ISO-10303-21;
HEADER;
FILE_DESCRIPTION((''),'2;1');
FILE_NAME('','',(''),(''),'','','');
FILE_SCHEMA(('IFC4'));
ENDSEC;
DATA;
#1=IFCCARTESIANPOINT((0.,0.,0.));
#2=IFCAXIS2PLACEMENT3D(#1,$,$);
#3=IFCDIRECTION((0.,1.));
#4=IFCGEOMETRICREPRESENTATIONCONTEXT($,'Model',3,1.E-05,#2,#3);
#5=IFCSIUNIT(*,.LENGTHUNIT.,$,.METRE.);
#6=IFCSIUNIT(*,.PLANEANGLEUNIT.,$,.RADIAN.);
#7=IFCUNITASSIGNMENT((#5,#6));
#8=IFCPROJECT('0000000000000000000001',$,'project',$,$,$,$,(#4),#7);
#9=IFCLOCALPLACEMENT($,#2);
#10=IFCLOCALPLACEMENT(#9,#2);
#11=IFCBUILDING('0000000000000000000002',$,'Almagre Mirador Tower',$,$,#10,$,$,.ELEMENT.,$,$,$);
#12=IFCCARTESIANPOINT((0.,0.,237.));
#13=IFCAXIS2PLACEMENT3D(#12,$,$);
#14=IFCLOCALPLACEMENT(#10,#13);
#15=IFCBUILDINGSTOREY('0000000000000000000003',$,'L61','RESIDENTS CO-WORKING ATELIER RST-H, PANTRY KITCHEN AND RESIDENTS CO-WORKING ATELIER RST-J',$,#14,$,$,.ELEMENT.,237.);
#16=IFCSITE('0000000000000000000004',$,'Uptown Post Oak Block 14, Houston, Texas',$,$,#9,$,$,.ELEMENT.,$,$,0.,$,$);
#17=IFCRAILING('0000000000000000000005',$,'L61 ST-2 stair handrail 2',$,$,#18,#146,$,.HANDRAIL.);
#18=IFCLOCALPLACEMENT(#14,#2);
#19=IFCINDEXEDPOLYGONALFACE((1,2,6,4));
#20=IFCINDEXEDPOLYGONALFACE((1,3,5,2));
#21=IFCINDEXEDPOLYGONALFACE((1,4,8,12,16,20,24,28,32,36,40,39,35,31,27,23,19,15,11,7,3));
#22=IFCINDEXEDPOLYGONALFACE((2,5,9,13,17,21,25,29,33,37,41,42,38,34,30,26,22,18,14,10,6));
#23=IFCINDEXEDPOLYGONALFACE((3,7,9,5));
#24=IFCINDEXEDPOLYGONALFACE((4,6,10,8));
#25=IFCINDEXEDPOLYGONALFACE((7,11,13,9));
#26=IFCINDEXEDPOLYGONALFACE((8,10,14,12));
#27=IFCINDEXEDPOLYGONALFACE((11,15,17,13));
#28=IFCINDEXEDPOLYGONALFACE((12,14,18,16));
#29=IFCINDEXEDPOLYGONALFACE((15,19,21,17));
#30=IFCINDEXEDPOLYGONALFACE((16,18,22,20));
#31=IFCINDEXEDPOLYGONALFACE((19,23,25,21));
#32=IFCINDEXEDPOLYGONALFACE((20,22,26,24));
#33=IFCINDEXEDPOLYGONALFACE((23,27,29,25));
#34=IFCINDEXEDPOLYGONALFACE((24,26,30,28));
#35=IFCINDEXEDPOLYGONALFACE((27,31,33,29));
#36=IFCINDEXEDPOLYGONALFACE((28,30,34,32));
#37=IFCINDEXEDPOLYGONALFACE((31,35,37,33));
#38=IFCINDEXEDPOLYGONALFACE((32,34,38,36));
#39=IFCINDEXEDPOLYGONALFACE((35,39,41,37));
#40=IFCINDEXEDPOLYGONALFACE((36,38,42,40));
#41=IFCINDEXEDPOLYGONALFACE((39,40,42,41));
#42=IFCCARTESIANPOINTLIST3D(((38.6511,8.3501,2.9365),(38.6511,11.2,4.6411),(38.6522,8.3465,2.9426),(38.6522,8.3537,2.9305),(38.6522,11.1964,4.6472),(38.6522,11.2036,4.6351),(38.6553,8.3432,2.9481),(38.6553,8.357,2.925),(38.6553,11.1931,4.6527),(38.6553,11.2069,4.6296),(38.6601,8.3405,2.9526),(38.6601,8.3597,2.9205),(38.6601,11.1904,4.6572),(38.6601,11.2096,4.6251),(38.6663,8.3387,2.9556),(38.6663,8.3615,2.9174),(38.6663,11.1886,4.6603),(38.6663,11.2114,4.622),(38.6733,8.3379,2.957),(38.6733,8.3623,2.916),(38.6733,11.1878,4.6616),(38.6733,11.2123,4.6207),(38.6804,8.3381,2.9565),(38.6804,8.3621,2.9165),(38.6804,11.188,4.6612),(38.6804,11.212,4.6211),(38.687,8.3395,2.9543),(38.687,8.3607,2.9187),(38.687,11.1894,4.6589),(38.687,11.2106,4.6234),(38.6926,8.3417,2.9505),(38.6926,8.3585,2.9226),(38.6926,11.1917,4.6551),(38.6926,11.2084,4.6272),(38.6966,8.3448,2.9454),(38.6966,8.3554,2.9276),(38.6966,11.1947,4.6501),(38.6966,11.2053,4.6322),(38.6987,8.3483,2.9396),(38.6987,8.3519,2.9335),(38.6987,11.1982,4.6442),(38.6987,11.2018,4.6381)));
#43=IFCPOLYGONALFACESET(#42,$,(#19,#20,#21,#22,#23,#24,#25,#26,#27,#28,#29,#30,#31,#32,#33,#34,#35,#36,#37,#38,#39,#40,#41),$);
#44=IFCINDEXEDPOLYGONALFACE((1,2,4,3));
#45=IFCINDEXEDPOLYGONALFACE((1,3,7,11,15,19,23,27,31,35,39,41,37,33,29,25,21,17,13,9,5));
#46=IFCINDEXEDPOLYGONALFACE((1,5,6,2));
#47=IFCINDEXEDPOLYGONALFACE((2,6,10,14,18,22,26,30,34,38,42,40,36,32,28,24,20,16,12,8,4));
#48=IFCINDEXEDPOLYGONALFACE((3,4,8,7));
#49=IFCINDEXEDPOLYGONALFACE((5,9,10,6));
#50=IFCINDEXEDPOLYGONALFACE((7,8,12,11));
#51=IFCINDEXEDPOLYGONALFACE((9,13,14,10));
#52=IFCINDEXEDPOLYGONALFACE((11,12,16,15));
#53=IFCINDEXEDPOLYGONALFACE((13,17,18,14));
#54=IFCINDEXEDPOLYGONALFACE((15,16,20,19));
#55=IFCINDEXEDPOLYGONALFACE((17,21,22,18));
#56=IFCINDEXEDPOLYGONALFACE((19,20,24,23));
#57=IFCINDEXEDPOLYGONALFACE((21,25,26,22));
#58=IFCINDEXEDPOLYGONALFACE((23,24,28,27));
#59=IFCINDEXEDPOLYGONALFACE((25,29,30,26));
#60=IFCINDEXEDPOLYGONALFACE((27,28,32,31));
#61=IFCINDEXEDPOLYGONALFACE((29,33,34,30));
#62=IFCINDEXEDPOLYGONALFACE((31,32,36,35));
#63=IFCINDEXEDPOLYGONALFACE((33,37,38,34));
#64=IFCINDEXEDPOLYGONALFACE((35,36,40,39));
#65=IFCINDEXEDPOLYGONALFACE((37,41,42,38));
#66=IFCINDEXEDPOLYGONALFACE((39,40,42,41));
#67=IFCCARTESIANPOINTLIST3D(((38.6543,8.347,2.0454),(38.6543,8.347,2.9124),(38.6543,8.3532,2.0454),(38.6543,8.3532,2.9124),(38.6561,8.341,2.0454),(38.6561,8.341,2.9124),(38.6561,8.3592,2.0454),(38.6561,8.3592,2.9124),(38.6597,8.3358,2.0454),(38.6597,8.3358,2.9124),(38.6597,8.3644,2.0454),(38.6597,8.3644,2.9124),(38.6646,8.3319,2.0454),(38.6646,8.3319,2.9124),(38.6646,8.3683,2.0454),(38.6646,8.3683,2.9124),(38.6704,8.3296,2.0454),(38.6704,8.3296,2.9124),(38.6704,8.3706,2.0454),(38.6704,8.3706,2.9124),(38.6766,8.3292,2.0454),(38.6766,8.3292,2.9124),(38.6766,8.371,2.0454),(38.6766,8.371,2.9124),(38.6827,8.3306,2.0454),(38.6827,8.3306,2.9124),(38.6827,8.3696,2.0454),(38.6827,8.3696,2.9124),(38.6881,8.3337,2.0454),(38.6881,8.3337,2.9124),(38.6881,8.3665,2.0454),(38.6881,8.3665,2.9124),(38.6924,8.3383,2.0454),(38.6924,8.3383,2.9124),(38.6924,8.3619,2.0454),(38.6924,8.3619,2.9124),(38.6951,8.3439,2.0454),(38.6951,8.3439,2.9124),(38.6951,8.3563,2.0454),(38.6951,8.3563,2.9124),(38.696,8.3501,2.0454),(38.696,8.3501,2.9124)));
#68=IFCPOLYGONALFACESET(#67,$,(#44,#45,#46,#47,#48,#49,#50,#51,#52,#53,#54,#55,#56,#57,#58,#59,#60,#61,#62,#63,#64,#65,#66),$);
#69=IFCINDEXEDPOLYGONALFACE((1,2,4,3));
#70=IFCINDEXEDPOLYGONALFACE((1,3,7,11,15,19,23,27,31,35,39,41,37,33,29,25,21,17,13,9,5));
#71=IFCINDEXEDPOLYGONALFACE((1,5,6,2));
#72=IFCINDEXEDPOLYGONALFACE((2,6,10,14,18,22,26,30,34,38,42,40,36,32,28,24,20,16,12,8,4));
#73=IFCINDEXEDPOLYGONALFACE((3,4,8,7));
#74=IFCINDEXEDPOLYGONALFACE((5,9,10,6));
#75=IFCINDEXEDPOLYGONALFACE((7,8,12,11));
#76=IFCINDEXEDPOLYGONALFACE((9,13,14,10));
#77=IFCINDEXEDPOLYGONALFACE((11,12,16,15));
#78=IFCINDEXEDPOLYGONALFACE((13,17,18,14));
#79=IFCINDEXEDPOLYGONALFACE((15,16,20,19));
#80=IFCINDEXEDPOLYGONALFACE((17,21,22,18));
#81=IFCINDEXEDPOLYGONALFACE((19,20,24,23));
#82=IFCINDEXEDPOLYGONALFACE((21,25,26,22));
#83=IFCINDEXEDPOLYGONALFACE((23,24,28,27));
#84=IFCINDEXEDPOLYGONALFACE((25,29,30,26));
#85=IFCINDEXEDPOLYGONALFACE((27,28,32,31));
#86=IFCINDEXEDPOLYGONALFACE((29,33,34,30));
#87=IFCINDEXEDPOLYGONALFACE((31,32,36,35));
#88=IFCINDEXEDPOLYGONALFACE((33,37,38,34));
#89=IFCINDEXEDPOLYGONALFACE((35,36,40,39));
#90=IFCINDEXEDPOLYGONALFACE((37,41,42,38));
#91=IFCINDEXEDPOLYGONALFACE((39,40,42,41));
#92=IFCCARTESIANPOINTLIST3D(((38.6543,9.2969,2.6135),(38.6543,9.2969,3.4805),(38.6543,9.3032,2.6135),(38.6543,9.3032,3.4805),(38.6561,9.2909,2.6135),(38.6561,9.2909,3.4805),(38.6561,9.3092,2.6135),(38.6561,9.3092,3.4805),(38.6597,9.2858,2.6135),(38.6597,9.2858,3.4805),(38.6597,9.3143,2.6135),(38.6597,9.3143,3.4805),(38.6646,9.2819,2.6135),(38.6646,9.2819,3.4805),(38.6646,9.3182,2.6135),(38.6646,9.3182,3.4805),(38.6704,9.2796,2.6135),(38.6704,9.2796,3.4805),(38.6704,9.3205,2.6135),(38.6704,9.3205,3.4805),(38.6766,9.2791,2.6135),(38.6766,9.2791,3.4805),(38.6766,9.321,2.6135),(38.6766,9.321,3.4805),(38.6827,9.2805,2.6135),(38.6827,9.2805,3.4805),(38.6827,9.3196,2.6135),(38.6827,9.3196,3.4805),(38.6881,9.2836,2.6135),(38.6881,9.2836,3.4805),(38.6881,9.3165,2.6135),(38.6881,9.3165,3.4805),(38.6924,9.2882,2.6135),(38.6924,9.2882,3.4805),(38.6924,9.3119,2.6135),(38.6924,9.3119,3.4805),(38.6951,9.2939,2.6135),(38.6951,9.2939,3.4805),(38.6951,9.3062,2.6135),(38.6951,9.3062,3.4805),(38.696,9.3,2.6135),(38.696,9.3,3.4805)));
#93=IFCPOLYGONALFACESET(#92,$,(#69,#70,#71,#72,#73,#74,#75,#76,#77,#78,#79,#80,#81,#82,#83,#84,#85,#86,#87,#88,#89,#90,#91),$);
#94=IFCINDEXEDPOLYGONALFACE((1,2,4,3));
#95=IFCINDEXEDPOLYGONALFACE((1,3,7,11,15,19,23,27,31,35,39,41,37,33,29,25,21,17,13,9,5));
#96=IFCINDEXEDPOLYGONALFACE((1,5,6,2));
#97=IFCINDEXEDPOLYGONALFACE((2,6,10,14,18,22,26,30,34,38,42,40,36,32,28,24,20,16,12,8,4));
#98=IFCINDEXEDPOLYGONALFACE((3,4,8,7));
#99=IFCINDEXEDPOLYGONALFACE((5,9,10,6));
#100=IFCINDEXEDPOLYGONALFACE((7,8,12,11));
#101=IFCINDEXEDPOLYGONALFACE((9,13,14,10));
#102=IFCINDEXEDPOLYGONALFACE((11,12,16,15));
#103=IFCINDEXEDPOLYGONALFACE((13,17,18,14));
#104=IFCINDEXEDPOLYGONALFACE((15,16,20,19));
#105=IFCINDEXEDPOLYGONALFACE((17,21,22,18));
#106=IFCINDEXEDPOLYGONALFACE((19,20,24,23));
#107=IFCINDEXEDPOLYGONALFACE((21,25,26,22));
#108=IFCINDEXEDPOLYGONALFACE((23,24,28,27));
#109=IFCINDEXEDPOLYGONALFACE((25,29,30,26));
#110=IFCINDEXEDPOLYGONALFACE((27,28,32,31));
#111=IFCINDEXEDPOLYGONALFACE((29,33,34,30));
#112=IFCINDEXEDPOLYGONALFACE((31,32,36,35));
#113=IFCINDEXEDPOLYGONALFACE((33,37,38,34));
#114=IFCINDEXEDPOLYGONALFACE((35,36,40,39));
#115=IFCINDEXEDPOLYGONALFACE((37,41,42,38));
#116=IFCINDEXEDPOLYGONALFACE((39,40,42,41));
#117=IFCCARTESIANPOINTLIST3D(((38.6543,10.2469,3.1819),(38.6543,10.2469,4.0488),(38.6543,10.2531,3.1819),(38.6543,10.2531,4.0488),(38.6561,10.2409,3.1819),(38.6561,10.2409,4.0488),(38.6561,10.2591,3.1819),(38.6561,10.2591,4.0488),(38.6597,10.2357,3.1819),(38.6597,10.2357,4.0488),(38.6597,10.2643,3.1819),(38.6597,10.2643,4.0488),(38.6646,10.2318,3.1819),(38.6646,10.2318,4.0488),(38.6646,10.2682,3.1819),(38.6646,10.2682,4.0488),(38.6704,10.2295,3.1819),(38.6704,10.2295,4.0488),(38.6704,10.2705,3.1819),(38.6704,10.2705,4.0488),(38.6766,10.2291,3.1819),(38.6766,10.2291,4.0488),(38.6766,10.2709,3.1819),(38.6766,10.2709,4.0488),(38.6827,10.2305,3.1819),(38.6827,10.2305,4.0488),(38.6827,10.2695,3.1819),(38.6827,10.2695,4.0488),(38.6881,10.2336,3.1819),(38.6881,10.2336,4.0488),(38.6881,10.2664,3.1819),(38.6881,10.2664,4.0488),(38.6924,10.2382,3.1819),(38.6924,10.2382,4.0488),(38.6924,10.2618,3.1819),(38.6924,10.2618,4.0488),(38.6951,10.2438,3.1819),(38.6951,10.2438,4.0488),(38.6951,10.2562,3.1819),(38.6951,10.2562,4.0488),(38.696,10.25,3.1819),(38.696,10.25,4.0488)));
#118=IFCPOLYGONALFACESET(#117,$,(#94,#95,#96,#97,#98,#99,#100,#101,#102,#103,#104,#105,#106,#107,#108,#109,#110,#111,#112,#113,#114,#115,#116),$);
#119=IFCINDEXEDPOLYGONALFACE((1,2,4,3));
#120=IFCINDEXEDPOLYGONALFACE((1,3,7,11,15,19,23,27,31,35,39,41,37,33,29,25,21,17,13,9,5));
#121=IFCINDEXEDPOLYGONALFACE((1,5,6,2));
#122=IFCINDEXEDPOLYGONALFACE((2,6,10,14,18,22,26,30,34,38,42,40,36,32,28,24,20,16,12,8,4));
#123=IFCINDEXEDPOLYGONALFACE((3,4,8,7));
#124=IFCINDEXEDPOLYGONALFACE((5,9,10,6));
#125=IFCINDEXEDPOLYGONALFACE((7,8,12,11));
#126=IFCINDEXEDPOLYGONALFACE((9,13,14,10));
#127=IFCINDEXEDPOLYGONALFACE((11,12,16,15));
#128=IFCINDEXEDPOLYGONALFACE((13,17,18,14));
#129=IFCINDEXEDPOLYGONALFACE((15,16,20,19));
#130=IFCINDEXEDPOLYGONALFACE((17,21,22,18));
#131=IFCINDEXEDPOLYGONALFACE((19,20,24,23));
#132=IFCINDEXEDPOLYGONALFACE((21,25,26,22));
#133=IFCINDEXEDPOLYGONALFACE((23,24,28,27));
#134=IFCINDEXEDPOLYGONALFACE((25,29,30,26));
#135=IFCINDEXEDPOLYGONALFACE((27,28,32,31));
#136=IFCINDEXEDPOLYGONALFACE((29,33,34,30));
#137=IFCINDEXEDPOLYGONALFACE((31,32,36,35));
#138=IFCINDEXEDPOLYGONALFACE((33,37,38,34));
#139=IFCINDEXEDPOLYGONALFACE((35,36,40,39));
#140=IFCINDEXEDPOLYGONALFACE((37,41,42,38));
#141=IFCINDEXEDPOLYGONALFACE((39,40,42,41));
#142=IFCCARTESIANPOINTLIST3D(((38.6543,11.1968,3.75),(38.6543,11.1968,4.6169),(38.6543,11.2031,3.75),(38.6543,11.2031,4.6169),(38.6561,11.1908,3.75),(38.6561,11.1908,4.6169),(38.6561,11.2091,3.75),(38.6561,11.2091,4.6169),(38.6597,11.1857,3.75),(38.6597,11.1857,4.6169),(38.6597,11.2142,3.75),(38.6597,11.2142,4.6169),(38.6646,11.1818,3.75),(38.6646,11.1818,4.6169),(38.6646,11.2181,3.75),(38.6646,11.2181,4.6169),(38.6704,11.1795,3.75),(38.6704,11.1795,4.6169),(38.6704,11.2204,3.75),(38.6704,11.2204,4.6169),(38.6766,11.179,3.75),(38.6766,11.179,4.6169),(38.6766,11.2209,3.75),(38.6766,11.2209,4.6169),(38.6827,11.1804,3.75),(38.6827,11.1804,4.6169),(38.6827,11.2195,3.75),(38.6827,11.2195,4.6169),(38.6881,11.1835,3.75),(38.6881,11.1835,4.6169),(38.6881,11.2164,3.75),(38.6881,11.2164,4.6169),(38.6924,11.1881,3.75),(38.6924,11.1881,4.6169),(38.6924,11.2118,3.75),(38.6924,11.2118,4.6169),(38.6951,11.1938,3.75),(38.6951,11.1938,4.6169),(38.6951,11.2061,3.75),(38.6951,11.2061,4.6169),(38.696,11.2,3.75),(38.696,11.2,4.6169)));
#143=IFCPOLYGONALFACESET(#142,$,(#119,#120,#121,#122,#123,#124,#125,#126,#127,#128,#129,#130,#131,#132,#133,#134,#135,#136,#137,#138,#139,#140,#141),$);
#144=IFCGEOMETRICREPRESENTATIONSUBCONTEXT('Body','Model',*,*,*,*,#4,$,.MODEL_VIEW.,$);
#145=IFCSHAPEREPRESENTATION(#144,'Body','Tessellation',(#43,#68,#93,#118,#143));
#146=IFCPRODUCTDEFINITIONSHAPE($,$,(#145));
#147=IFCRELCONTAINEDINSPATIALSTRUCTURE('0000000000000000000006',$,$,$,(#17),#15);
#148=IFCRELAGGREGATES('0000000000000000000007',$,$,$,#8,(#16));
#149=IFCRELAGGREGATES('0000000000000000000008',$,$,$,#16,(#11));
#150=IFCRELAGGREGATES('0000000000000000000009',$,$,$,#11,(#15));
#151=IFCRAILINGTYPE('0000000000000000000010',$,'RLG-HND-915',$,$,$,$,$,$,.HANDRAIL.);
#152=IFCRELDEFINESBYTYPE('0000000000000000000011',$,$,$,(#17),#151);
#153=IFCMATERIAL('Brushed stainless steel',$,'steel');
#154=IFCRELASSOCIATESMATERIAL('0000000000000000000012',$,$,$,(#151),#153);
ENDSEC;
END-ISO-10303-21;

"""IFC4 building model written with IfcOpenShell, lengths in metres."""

from ifc_helpers import new_model, si_unit, direction, frame, origin, origin_2d, place, context, subcontext, project, spatial, circle, extrude, material, type_object, element, save


model = new_model("IFC4")

# Units and contexts
model_context = context("Model", 3, precision=1e-05, world=origin(), true_north=direction((0.0, 1.0)))
body_context = subcontext(model_context, "Body", "Model", "MODEL_VIEW")
ifc_project = project(units=[si_unit("LENGTHUNIT", "METRE"), si_unit("PLANEANGLEUNIT", "RADIAN")], contexts=[model_context])

# Site, building, storey
site_placement = place(None, origin())
site = spatial("IfcSite", under=ifc_project, at=site_placement, Name="Uptown Post Oak Block 14, Houston, Texas", CompositionType="ELEMENT", RefElevation=0.0)
building_placement = place(site_placement, origin())
building = spatial("IfcBuilding", under=site, at=building_placement, Name="Almagre Mirador Tower", CompositionType="ELEMENT")
storey_placement = place(building_placement, frame((0.0, 0.0, 237.0)))
storey = spatial("IfcBuildingStorey", under=building, at=storey_placement, Name="L61", Description="RESIDENTS CO-WORKING ATELIER RST-H, PANTRY KITCHEN AND RESIDENTS CO-WORKING ATELIER RST-J", CompositionType="ELEMENT", Elevation=237.0)

# Railing
ifc_material_1 = material(Name="Brushed stainless steel", Category="steel")
railing_type_1 = type_object("IfcRailingType", Name="RLG-HND-915", PredefinedType="HANDRAIL", material=ifc_material_1)
railing_1_placement = place(storey_placement, frame((38.675, 8.3501, 2.0454)))
element("IfcRailing", 1, at=railing_1_placement, inside=storey, type_object=railing_type_1, Name="L61 ST-2 stair handrail 2", PredefinedType="HANDRAIL", context=body_context, shape_type="SweptSolid", body=[
    extrude(circle(Radius=0.0239, at=origin_2d()), frame((0.0, 0.0, 0.8911), z_axis=(0.0, 0.858199, 0.513317), x_axis=(-1.0, 0.0, 0.0)), (0.0, 0.0, 1.0), 3.3208),
    extrude(circle(Radius=0.021, at=origin_2d()), origin(), (0.0, 0.0, 1.0), 0.8669),
    extrude(circle(Radius=0.021, at=origin_2d()), frame((0.0, 0.95, 0.5681)), (0.0, 0.0, 1.0), 0.8669),
    extrude(circle(Radius=0.021, at=origin_2d()), frame((0.0, 1.8999, 1.1365)), (0.0, 0.0, 1.0), 0.8669),
    extrude(circle(Radius=0.021, at=origin_2d()), frame((0.0, 2.8499, 1.7046)), (0.0, 0.0, 1.0), 0.8669),
])

save(model, "model.ifc")
